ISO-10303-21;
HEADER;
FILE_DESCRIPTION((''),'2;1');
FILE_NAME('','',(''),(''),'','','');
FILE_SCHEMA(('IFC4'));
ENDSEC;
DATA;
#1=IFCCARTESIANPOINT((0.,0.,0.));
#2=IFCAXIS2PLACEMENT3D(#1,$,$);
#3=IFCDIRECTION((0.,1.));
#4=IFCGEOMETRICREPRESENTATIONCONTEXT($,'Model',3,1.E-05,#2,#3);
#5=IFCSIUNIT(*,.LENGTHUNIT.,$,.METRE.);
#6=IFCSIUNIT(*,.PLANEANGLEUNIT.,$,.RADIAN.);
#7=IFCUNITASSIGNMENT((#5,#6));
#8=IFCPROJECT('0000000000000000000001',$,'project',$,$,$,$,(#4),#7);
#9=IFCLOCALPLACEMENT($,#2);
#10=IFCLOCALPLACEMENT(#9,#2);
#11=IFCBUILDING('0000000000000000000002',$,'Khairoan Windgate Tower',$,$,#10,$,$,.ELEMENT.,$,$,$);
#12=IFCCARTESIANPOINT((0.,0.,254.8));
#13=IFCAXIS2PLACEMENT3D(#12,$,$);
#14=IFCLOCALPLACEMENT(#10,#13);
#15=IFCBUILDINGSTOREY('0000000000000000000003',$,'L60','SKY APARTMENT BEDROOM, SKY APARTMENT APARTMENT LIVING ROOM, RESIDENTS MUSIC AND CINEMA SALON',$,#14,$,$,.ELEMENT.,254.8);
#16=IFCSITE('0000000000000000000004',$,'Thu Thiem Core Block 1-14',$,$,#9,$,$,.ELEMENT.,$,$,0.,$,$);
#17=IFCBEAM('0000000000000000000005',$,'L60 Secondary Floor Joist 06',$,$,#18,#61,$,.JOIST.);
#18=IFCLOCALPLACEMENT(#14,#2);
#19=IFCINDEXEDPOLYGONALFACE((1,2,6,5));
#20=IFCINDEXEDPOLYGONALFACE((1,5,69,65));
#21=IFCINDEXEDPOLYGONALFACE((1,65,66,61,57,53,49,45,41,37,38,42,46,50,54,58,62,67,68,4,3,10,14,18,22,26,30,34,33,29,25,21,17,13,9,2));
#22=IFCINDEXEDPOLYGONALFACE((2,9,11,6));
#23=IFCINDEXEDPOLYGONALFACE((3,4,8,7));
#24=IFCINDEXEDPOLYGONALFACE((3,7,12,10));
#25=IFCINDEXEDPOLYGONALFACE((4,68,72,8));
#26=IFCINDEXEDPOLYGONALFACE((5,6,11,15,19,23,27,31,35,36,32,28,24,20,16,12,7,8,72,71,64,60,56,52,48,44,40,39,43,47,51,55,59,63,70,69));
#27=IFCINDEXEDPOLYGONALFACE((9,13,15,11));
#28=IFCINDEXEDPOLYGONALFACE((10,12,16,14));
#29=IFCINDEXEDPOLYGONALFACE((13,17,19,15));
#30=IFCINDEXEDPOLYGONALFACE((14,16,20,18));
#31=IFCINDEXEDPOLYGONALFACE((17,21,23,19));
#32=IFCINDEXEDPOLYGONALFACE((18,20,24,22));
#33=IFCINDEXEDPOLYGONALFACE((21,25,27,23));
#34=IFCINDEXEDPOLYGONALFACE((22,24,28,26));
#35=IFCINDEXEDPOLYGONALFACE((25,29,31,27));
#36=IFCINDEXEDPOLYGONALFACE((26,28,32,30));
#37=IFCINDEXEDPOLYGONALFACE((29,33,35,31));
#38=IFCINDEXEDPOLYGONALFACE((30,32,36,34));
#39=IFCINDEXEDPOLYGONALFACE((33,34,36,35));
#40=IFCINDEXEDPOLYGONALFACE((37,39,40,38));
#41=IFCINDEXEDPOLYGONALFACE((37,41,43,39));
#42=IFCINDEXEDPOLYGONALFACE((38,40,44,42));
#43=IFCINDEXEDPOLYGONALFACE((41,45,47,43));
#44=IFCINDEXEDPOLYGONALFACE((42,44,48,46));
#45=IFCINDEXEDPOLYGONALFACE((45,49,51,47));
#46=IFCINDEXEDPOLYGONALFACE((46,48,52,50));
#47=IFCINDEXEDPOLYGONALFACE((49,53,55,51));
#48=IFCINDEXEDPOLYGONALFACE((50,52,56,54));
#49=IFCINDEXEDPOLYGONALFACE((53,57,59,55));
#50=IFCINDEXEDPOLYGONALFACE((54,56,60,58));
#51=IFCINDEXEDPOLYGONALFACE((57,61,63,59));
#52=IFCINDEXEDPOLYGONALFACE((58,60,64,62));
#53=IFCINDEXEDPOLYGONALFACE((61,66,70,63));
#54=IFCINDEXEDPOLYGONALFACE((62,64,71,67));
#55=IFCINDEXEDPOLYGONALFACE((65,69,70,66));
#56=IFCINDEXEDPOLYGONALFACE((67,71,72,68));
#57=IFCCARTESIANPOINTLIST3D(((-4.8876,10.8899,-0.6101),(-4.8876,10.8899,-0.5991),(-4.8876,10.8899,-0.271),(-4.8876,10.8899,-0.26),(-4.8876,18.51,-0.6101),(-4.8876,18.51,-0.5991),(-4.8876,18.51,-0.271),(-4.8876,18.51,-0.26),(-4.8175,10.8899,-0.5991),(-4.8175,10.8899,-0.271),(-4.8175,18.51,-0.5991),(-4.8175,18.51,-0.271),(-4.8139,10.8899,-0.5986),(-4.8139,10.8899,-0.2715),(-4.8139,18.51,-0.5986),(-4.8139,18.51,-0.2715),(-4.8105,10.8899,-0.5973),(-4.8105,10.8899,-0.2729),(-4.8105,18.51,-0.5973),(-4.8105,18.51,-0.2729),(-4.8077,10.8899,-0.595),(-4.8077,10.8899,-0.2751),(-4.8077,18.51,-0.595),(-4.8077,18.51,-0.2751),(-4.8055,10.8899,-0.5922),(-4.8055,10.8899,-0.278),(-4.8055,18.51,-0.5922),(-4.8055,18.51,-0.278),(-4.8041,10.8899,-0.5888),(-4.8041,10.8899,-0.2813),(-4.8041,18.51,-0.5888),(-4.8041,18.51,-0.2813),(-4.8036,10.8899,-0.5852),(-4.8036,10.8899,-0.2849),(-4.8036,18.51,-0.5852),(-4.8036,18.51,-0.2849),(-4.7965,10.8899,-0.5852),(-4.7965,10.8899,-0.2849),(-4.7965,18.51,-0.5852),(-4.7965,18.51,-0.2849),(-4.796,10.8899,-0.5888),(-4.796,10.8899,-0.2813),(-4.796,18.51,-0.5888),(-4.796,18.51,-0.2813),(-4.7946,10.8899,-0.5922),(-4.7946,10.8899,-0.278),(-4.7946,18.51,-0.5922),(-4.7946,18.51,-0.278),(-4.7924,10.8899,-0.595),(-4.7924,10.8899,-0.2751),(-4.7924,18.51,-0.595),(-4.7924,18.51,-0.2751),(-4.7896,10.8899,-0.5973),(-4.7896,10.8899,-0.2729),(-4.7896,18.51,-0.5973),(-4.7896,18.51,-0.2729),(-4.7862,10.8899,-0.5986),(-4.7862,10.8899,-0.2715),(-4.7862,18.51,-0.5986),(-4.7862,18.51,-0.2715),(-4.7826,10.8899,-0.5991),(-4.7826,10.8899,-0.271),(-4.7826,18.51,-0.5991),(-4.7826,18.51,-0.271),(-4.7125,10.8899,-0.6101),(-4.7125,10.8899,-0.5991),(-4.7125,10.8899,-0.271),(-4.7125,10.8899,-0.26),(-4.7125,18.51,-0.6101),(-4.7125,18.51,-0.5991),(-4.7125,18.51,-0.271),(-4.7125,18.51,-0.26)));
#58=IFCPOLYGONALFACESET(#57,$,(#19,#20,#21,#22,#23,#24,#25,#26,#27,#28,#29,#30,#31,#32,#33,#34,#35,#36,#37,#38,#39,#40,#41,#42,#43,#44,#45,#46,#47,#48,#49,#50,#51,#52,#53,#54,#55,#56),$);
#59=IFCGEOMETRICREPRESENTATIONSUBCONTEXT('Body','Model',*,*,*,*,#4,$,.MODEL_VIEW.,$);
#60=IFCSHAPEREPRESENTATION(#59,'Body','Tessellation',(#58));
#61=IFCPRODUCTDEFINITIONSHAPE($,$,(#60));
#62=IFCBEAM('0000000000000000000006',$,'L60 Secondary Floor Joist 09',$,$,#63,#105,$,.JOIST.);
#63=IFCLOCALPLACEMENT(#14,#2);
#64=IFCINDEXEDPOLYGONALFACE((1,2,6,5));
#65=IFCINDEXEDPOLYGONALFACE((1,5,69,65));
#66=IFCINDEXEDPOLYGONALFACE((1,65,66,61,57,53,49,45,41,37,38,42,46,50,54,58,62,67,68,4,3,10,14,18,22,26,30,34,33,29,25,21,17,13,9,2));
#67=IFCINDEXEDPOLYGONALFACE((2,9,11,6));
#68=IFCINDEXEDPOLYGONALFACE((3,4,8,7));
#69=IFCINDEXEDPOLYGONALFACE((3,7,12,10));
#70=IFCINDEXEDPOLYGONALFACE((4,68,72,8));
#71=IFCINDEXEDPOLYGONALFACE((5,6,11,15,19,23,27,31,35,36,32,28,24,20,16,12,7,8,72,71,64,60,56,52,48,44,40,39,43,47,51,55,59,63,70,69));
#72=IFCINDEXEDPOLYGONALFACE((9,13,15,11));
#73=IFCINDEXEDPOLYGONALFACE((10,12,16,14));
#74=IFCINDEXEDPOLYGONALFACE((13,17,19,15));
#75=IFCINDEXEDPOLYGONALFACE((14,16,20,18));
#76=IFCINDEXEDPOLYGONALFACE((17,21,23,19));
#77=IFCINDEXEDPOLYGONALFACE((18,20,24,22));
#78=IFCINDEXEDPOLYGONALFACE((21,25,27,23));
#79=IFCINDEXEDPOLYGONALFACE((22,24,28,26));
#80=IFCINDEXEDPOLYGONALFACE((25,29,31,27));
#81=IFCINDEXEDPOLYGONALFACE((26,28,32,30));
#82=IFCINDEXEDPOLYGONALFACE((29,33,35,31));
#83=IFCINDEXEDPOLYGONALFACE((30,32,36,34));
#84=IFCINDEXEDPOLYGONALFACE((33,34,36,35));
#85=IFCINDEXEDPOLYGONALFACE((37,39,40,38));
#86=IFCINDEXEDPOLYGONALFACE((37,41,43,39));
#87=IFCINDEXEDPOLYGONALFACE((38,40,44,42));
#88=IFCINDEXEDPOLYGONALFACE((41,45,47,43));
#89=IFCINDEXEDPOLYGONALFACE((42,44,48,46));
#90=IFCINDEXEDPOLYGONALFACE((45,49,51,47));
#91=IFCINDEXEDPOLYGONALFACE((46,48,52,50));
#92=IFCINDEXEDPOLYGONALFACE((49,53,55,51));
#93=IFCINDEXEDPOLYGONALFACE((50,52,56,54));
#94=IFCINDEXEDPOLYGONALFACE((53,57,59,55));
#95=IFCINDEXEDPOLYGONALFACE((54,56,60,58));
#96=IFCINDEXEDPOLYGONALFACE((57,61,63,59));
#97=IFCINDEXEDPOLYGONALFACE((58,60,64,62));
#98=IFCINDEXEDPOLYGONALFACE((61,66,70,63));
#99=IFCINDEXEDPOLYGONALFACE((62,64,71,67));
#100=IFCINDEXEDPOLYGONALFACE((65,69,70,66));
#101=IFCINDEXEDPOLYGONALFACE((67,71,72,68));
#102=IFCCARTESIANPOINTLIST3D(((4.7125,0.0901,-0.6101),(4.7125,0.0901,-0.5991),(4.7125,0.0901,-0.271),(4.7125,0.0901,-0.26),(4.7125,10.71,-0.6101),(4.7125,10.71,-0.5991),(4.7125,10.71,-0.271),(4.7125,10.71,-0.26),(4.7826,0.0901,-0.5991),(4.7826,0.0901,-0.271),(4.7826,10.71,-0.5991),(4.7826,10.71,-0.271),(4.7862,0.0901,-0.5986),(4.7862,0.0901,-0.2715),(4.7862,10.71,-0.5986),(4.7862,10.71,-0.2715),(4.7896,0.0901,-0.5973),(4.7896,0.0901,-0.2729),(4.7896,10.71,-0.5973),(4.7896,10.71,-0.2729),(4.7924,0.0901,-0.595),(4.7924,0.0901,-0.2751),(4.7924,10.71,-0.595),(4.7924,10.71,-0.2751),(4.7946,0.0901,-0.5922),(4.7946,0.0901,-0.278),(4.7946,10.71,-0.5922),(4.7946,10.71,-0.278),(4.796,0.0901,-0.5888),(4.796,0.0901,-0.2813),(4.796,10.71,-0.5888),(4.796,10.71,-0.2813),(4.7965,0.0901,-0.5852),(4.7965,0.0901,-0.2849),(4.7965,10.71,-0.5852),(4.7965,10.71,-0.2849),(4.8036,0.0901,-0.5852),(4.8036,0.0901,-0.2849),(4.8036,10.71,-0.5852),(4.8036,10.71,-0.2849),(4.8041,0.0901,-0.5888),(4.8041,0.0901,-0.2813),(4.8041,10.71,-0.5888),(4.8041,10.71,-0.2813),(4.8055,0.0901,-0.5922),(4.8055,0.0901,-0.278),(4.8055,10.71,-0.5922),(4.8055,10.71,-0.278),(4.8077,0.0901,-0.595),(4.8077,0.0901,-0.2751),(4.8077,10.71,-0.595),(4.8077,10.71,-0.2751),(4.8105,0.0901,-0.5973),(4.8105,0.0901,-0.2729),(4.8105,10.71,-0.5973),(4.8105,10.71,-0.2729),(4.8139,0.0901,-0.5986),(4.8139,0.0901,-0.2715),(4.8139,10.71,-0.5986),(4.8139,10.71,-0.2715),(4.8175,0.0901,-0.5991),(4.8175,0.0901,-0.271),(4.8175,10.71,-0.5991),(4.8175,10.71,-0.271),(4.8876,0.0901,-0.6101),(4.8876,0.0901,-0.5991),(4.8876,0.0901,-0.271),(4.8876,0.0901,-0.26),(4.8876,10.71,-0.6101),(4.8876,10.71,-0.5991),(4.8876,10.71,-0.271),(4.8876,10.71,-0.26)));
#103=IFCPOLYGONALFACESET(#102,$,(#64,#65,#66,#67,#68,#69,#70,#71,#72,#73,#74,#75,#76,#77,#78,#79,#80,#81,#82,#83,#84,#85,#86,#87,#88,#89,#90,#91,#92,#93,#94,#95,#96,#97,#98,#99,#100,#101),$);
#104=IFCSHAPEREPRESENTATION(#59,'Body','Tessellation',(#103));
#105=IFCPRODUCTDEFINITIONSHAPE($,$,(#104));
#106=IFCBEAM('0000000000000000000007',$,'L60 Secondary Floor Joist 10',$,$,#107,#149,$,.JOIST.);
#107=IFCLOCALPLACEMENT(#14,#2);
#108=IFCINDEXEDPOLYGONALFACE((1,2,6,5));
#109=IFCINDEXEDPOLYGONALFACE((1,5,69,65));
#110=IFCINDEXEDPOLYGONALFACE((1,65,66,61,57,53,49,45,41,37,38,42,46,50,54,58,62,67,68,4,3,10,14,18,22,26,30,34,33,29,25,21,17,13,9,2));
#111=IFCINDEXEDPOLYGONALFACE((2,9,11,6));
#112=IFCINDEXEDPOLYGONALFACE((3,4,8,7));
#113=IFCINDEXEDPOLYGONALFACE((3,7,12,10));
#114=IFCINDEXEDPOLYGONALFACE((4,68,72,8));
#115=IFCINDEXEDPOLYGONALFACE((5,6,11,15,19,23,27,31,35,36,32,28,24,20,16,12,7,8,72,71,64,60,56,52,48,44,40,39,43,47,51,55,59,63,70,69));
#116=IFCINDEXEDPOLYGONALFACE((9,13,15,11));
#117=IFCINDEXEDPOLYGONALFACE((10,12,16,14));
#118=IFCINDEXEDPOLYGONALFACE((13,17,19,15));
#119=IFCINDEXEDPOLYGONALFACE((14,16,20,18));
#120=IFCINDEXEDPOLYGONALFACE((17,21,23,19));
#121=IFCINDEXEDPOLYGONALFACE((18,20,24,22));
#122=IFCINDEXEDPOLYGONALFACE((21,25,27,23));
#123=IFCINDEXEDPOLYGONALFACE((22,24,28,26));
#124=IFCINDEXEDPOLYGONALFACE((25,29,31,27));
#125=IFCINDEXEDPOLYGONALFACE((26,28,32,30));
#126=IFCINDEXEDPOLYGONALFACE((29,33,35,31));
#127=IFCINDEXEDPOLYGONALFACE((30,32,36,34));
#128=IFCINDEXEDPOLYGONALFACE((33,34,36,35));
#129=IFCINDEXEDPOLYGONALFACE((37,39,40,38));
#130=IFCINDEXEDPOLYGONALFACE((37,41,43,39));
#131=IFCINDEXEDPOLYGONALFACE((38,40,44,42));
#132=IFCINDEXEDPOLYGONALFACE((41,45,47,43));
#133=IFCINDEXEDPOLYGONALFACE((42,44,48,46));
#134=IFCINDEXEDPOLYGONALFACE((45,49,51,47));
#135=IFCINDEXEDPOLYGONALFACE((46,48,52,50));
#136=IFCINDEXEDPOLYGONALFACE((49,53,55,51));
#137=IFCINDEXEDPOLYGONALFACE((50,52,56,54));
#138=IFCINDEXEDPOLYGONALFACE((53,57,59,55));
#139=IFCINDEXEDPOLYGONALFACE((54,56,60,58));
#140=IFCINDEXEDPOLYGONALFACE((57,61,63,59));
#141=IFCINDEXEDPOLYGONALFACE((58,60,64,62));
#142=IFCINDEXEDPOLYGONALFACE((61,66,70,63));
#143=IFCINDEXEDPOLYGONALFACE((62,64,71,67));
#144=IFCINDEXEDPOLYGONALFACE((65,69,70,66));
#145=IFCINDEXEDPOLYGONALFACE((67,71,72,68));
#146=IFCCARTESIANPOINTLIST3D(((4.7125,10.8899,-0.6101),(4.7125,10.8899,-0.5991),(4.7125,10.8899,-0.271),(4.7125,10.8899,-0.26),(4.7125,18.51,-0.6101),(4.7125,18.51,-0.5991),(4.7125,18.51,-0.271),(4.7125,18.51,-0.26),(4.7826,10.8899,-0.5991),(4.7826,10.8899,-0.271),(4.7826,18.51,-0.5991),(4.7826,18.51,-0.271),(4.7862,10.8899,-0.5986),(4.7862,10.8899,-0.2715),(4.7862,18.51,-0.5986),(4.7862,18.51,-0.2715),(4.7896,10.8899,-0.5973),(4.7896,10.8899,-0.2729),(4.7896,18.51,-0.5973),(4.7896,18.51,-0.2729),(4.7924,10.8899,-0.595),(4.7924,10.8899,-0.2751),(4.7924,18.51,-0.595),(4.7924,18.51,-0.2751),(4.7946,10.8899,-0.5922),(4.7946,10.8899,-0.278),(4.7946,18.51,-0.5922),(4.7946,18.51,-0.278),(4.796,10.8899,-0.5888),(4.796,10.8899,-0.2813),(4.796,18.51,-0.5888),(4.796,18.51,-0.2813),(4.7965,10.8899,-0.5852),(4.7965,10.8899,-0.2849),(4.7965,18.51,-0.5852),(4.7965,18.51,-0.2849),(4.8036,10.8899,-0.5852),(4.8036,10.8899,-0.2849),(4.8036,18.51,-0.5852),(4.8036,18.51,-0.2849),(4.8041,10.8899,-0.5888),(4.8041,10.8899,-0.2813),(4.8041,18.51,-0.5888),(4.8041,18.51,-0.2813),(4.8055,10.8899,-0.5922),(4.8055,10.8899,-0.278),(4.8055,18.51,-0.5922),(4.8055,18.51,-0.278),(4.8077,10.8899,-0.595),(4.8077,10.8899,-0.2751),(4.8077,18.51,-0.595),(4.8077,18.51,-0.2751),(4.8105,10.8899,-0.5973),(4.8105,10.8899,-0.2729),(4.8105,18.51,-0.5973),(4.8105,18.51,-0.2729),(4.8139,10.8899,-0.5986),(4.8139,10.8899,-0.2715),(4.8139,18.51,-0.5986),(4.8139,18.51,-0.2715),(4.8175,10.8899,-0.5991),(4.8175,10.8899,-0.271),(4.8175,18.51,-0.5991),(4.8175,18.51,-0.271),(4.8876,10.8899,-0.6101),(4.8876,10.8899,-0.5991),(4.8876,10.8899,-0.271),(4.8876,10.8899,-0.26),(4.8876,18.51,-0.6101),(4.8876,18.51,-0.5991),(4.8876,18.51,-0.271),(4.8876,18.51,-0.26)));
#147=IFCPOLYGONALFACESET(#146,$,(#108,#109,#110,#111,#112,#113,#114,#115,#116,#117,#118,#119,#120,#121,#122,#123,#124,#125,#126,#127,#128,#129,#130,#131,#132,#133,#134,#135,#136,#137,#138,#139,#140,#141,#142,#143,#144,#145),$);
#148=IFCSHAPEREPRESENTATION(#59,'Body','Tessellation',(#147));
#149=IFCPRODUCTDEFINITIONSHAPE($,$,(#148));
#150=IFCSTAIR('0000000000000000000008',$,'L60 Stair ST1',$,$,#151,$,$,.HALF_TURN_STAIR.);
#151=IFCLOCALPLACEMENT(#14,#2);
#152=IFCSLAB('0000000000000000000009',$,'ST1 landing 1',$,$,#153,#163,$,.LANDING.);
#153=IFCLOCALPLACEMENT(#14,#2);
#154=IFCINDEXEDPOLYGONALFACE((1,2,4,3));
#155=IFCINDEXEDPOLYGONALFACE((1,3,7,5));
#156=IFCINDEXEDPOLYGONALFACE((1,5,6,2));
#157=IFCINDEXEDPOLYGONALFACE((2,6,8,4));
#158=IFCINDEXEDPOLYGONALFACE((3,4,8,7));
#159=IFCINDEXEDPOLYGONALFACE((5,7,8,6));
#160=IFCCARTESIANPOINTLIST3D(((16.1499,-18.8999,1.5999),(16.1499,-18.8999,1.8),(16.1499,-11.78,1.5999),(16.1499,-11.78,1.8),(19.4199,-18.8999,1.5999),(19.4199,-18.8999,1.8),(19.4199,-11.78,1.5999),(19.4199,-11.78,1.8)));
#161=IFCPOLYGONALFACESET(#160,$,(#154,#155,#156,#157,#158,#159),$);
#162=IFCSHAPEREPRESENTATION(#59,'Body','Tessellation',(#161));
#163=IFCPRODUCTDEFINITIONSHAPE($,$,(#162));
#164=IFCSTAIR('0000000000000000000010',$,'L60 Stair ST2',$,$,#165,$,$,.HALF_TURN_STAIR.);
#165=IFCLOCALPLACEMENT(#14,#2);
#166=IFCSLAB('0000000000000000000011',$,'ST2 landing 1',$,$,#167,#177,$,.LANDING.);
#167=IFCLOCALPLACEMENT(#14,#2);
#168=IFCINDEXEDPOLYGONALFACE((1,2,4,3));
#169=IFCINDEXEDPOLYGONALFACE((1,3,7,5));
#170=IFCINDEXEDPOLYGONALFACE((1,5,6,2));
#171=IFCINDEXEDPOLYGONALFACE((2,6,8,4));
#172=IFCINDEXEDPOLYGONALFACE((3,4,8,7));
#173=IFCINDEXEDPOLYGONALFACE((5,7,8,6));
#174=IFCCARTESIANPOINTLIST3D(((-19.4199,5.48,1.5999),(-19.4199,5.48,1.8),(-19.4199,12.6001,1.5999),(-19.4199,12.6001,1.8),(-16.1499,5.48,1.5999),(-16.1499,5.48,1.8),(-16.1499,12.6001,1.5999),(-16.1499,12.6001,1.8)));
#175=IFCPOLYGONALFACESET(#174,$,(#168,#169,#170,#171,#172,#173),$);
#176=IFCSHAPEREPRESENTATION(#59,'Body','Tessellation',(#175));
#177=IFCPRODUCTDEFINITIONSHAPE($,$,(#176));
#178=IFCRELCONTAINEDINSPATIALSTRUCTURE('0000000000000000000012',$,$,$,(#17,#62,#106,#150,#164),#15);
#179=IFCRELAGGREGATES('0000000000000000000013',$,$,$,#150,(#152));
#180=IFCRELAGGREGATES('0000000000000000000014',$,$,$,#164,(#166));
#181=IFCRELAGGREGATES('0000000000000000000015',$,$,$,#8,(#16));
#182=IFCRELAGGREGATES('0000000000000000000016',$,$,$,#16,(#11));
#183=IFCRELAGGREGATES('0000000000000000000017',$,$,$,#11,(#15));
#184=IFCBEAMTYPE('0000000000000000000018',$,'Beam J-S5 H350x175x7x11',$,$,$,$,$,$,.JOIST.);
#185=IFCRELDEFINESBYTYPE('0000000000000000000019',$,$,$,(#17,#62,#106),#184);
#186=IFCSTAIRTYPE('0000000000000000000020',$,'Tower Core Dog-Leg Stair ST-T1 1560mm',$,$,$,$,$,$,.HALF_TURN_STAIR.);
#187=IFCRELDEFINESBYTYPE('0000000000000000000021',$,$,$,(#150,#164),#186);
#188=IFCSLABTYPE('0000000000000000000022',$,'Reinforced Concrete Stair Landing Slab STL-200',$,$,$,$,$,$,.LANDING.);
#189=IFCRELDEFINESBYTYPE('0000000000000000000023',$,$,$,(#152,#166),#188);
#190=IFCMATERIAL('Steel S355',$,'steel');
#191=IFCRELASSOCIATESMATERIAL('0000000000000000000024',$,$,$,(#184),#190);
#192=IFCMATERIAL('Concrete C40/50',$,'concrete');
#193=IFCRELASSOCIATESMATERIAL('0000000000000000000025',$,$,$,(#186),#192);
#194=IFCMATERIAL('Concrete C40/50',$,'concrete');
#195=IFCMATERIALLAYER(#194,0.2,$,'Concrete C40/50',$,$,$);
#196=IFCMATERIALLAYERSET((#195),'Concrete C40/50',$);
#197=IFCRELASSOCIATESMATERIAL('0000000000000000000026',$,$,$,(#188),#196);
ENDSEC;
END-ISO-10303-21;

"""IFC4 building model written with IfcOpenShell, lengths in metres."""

from ifc_helpers import new_model, si_unit, direction, frame, origin, origin_2d, place, context, subcontext, project, spatial, polyline, i_section, outline, extrude, material, layer, layer_set, material_profile, profile_set, type_object, element, aggregate, save


model = new_model("IFC4")

# Units and contexts
model_context = context("Model", 3, precision=1e-05, world=origin(), true_north=direction((0.0, 1.0)))
body_context = subcontext(model_context, "Body", "Model", "MODEL_VIEW")
ifc_project = project(units=[si_unit("LENGTHUNIT", "METRE"), si_unit("PLANEANGLEUNIT", "RADIAN")], contexts=[model_context])

# Site, building, storey
site_placement = place(None, origin())
site = spatial("IfcSite", under=ifc_project, at=site_placement, Name="Thu Thiem Core Block 1-14", CompositionType="ELEMENT", RefElevation=0.0)
building_placement = place(site_placement, origin())
building = spatial("IfcBuilding", under=site, at=building_placement, Name="Khairoan Windgate Tower", CompositionType="ELEMENT")
storey_placement = place(building_placement, frame((0.0, 0.0, 254.8)))
storey = spatial("IfcBuildingStorey", under=building, at=storey_placement, Name="L60", Description="SKY APARTMENT BEDROOM, SKY APARTMENT APARTMENT LIVING ROOM, RESIDENTS MUSIC AND CINEMA SALON", CompositionType="ELEMENT", Elevation=254.8)

# Beams
ifc_material_1 = material(Name="Steel S355", Category="steel")
ifc_material_profile_1 = material_profile(ifc_material_1, i_section(OverallWidth=0.175, OverallDepth=0.3501, WebThickness=0.0071, FlangeThickness=0.011, FilletRadius=0.0139, at=origin_2d()))
ifc_profile_set_1 = profile_set([ifc_material_profile_1], Name="Steel S355")
beam_type_1 = type_object("IfcBeamType", Name="Beam J-S5 H350x175x7x11", PredefinedType="JOIST", material=ifc_profile_set_1)
beam_1_placement = place(storey_placement, frame((-4.8, 10.8899, -0.4351), z_axis=(0.0, 1.0, 0.0), x_axis=(-1.0, 0.0, 0.0)))
element("IfcBeam", 1, at=beam_1_placement, inside=storey, type_object=beam_type_1, Name="L60 Secondary Floor Joist 06", PredefinedType="JOIST", context=body_context, shape_type="SweptSolid", body=[
    extrude(i_section(OverallWidth=0.175, OverallDepth=0.3501, WebThickness=0.0071, FlangeThickness=0.011, FilletRadius=0.0139, at=origin_2d()), origin(), (0.0, 0.0, 1.0), 7.6201),
])
beam_2_placement = place(storey_placement, frame((4.8, 0.0901, -0.4351), z_axis=(0.0, 1.0, 0.0), x_axis=(-1.0, 0.0, 0.0)))
element("IfcBeam", 2, at=beam_2_placement, inside=storey, type_object=beam_type_1, Name="L60 Secondary Floor Joist 09", PredefinedType="JOIST", context=body_context, shape_type="SweptSolid", body=[
    extrude(i_section(OverallWidth=0.175, OverallDepth=0.3501, WebThickness=0.0071, FlangeThickness=0.011, FilletRadius=0.0139, at=origin_2d()), origin(), (0.0, 0.0, 1.0), 10.6199),
])
beam_3_placement = place(storey_placement, frame((4.8, 10.8899, -0.4351), z_axis=(0.0, 1.0, 0.0), x_axis=(-1.0, 0.0, 0.0)))
element("IfcBeam", 3, at=beam_3_placement, inside=storey, type_object=beam_type_1, Name="L60 Secondary Floor Joist 10", PredefinedType="JOIST", context=body_context, shape_type="SweptSolid", body=[
    extrude(i_section(OverallWidth=0.175, OverallDepth=0.3501, WebThickness=0.0071, FlangeThickness=0.011, FilletRadius=0.0139, at=origin_2d()), origin(), (0.0, 0.0, 1.0), 7.6201),
])

# Stairs, slabs
ifc_material_2 = material(Name="Concrete C40/50", Category="concrete")
stair_type = type_object("IfcStairType", Name="Tower Core Dog-Leg Stair ST-T1 1560mm", PredefinedType="HALF_TURN_STAIR", material=ifc_material_2)
stair_1_placement = place(storey_placement, origin())
stair_1 = element("IfcStair", 4, at=stair_1_placement, inside=storey, type_object=stair_type, Name="L60 Stair ST1", PredefinedType="HALF_TURN_STAIR")
ifc_material_3 = material(Name="Concrete C40/50", Category="concrete")
ifc_layer_1 = layer(ifc_material_3, 0.2, Name="Concrete C40/50")
ifc_layer_set_1 = layer_set([ifc_layer_1], Name="Concrete C40/50")
slab_type_1 = type_object("IfcSlabType", Name="Reinforced Concrete Stair Landing Slab STL-200", PredefinedType="LANDING", material=ifc_layer_set_1)
slab_1_placement = place(storey_placement, frame((0.0, 0.0, 1.5999)))
slab_1 = element("IfcSlab", 5, at=slab_1_placement, type_object=slab_type_1, Name="ST1 landing 1", PredefinedType="LANDING", context=body_context, shape_type="SweptSolid", body=[
    extrude(outline(polyline([(16.1499, -11.78), (16.1499, -18.8999), (19.4199, -18.8999), (19.4199, -11.78), (16.1499, -11.78)])), origin(), (0.0, 0.0, 1.0), 0.2002),
])
aggregate(stair_1, [slab_1])
stair_2_placement = place(storey_placement, origin())
stair_2 = element("IfcStair", 6, at=stair_2_placement, inside=storey, type_object=stair_type, Name="L60 Stair ST2", PredefinedType="HALF_TURN_STAIR")
slab_2_placement = place(storey_placement, frame((0.0, 0.0, 1.5999)))
slab_2 = element("IfcSlab", 7, at=slab_2_placement, type_object=slab_type_1, Name="ST2 landing 1", PredefinedType="LANDING", context=body_context, shape_type="SweptSolid", body=[
    extrude(outline(polyline([(-16.1499, 5.48), (-16.1499, 12.6001), (-19.4199, 12.6001), (-19.4199, 5.48), (-16.1499, 5.48)])), origin(), (0.0, 0.0, 1.0), 0.2002),
])
aggregate(stair_2, [slab_2])

save(model, "model.ifc")
